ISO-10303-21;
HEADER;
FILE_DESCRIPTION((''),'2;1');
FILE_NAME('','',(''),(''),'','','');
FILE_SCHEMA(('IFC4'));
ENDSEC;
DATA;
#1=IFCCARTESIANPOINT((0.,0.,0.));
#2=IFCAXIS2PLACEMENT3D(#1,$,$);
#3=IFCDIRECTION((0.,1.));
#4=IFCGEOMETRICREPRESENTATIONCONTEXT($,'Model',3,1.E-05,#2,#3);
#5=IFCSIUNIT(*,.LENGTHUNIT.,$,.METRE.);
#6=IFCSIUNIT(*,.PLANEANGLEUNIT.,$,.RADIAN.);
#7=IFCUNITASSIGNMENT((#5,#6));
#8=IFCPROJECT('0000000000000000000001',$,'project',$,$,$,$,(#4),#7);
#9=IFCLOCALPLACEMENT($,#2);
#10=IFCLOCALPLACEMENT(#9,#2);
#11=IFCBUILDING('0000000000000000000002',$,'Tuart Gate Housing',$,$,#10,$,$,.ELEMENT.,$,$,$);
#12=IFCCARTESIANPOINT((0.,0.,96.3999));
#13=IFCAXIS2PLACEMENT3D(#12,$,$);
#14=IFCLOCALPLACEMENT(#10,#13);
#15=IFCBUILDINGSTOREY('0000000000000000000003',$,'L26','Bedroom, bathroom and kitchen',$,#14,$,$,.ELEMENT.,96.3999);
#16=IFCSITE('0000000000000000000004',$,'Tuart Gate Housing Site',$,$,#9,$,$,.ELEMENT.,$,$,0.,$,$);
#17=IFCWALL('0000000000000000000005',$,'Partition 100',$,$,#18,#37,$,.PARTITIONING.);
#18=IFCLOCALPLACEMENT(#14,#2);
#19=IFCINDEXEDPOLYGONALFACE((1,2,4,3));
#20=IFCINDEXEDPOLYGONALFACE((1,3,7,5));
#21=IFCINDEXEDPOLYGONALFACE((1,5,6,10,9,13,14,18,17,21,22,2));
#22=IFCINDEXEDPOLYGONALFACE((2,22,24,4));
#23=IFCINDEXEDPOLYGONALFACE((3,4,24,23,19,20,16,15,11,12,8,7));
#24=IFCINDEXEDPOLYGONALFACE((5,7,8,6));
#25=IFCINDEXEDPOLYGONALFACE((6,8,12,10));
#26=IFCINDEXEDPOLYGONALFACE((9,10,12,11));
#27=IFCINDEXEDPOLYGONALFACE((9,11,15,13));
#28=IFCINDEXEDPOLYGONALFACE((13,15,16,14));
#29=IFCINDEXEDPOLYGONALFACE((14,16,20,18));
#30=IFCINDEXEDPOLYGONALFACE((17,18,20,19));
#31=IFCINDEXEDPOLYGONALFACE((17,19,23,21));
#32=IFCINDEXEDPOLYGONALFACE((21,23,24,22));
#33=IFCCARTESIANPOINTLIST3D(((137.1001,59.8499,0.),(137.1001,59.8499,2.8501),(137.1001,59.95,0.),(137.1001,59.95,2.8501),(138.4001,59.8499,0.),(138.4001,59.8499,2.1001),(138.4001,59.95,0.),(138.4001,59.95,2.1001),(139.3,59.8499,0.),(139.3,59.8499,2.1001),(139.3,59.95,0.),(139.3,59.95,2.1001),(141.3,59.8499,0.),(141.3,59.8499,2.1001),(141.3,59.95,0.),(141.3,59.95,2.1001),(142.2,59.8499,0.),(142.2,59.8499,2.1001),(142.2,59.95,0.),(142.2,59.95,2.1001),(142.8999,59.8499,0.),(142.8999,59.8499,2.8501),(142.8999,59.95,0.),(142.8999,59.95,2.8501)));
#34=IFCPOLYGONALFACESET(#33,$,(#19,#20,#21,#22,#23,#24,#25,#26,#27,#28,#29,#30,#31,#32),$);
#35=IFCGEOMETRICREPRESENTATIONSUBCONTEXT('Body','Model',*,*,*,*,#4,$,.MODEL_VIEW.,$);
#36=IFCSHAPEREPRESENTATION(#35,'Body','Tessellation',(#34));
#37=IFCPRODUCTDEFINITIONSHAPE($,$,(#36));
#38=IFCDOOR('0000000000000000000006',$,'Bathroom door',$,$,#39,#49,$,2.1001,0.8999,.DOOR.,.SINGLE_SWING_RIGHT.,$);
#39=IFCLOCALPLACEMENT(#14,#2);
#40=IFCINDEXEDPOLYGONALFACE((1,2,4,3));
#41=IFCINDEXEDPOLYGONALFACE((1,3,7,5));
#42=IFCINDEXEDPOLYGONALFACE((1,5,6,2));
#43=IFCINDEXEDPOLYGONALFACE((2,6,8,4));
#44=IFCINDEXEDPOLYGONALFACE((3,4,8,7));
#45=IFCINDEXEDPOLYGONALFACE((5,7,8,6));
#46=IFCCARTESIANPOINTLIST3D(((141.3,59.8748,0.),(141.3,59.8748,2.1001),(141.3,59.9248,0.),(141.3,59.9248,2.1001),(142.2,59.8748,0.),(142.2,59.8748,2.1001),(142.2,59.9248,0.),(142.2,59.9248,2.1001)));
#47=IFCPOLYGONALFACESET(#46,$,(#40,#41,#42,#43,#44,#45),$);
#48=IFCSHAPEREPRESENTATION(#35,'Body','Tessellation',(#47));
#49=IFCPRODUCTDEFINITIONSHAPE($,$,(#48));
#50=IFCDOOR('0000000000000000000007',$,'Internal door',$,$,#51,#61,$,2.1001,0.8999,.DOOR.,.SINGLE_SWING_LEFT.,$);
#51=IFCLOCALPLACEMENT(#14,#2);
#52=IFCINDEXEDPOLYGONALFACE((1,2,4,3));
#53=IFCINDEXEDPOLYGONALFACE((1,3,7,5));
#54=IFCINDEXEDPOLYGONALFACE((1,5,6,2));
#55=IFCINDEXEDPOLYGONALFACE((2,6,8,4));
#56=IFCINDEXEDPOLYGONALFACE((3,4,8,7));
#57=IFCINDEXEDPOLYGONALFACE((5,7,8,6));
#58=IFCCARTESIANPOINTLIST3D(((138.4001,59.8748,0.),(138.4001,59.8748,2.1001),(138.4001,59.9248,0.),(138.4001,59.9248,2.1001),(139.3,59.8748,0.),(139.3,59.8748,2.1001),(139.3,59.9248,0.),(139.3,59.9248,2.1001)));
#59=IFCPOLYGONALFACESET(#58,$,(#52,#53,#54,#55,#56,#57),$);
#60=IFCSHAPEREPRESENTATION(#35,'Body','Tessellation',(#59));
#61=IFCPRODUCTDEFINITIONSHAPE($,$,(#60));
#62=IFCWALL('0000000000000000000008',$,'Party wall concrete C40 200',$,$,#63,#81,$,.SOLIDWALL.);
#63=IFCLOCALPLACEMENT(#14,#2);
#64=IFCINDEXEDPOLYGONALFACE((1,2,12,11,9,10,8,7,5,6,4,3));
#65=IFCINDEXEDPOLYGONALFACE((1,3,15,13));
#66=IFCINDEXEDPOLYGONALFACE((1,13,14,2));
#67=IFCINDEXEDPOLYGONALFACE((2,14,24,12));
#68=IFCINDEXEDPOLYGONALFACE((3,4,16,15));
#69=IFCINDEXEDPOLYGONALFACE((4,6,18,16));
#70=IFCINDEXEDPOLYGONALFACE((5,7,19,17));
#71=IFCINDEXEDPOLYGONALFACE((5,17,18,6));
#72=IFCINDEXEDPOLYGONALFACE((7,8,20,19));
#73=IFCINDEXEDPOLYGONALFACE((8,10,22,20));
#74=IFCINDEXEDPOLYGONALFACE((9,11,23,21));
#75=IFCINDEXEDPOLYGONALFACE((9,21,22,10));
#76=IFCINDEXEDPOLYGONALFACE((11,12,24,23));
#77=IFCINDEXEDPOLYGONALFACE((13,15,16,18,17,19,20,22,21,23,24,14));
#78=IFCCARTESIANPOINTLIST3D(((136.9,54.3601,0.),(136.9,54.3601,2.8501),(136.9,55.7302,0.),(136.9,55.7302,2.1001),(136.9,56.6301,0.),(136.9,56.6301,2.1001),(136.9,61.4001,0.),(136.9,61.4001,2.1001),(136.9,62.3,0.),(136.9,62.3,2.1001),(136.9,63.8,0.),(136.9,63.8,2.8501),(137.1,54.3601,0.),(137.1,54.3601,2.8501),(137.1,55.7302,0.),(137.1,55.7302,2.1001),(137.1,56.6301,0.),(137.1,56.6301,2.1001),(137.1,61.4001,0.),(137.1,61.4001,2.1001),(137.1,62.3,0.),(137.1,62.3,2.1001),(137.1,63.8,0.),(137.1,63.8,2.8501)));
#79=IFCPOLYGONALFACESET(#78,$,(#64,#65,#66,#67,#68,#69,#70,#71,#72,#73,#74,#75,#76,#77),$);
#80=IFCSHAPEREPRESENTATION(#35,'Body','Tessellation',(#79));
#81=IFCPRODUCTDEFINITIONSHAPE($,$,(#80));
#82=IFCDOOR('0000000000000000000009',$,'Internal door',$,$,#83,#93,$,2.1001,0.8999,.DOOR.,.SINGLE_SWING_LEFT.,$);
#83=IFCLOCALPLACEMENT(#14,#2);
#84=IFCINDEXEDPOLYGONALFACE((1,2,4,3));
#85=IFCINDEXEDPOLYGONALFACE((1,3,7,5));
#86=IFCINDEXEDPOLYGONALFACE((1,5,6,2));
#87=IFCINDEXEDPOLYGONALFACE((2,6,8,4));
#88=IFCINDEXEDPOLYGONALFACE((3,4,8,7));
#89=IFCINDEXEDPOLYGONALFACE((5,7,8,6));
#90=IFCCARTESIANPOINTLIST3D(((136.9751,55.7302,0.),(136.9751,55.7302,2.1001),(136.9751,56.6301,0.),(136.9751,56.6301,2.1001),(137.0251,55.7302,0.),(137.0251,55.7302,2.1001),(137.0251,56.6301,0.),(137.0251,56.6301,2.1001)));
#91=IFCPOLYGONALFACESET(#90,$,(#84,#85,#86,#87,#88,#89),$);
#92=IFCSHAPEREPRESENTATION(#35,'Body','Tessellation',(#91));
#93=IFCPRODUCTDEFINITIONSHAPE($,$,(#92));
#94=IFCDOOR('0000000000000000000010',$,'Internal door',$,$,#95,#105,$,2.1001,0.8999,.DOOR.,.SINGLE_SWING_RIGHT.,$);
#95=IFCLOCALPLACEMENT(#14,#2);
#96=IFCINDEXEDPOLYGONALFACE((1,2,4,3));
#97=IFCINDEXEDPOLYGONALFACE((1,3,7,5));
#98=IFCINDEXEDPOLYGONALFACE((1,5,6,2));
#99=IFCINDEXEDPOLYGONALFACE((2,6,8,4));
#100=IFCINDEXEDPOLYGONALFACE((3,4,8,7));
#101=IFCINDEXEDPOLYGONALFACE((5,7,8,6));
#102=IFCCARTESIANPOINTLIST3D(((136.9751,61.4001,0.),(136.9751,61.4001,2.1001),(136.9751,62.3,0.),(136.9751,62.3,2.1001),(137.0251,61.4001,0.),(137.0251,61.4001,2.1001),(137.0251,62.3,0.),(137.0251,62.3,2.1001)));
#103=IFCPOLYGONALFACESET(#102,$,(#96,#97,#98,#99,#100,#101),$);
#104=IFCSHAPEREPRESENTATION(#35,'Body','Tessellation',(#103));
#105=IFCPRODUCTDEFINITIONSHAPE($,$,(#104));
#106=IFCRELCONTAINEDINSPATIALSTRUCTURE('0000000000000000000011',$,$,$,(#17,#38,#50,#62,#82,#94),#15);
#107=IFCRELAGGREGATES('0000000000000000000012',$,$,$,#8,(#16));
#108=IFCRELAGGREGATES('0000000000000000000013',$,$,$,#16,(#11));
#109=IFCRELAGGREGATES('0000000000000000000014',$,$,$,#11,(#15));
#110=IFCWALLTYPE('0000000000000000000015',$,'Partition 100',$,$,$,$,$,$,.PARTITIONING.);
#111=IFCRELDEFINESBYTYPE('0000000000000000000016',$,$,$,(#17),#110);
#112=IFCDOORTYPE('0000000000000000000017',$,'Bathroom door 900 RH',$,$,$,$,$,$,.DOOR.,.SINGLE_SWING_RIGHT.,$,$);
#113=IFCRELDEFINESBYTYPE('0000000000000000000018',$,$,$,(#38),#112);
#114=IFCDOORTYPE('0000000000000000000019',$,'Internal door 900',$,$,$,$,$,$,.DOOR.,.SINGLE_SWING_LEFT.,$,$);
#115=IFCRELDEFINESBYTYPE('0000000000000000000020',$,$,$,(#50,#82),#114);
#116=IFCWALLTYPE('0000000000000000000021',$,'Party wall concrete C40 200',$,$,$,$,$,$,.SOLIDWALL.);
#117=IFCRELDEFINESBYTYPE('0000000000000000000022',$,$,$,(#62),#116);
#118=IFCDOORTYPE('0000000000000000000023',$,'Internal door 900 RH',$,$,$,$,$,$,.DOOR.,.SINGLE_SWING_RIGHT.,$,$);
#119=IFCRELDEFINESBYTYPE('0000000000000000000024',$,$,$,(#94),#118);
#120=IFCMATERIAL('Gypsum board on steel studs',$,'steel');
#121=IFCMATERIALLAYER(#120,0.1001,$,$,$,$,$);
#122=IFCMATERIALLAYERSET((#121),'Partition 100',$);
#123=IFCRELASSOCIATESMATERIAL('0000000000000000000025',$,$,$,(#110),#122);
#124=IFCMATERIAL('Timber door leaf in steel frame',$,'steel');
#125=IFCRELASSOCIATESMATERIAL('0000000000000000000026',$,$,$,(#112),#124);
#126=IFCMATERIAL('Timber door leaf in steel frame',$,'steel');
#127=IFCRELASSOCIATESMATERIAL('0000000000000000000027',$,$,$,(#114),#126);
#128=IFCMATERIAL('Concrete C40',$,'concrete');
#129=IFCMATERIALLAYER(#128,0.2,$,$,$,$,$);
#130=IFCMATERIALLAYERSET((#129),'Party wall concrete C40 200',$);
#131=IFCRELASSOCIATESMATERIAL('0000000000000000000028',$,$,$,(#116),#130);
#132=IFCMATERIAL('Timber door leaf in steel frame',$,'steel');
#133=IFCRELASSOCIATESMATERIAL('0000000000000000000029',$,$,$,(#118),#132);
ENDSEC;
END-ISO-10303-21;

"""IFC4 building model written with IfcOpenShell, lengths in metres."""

from ifc_helpers import new_model, si_unit, direction, frame, frame_2d, origin, place, context, subcontext, project, spatial, rectangle, extrude, material, layer, layer_set, type_object, element, fill, save


model = new_model("IFC4")

# Units and contexts
model_context = context("Model", 3, precision=1e-05, world=origin(), true_north=direction((0.0, 1.0)))
body_context = subcontext(model_context, "Body", "Model", "MODEL_VIEW")
ifc_project = project(units=[si_unit("LENGTHUNIT", "METRE"), si_unit("PLANEANGLEUNIT", "RADIAN")], contexts=[model_context])

# Site, building, storey
site_placement = place(None, origin())
site = spatial("IfcSite", under=ifc_project, at=site_placement, Name="Tuart Gate Housing Site", CompositionType="ELEMENT", RefElevation=0.0)
building_placement = place(site_placement, origin())
building = spatial("IfcBuilding", under=site, at=building_placement, Name="Tuart Gate Housing", CompositionType="ELEMENT")
storey_placement = place(building_placement, frame((0.0, 0.0, 96.3999)))
storey = spatial("IfcBuildingStorey", under=building, at=storey_placement, Name="L26", Description="Bedroom, bathroom and kitchen", CompositionType="ELEMENT", Elevation=96.3999)

# Walls, openings, doors
ifc_material_1 = material(Name="Gypsum board on steel studs", Category="steel")
ifc_layer_1 = layer(ifc_material_1, 0.1001)
ifc_layer_set_1 = layer_set([ifc_layer_1], Name="Partition 100")
wall_type_1 = type_object("IfcWallType", Name="Partition 100", PredefinedType="PARTITIONING", material=ifc_layer_set_1)
wall_1_placement = place(storey_placement, frame((137.1001, 59.8999, 0.0), z_axis=(0.0, 0.0, 1.0), x_axis=(1.0, 0.0, 0.0)))
wall_1 = element("IfcWall", 1, at=wall_1_placement, inside=storey, type_object=wall_type_1, Name="Partition 100", PredefinedType="PARTITIONING", context=body_context, shape_type="SweptSolid", body=[
    extrude(rectangle(XDim=5.7998, YDim=0.1001, at=frame_2d((2.8999, 0.0))), origin(), (0.0, 0.0, 1.0), 2.8501),
])
opening_1_placement = place(wall_1_placement, frame((1.3, 0.0, 0.0)))
opening_1 = element("IfcOpeningElement", 2, at=opening_1_placement, cuts=wall_1, PredefinedType="OPENING", context=body_context, shape_type="SweptSolid", body=[
    extrude(rectangle(XDim=0.8999, YDim=2.1001, at=frame_2d((0.45, 1.05))), frame((0.0, 0.0601, 0.0), z_axis=(0.0, -1.0, 0.0), x_axis=(1.0, 0.0, 0.0)), (0.0, 0.0, 1.0), 0.1201),
])
opening_2_placement = place(wall_1_placement, frame((4.2, 0.0, 0.0)))
opening_2 = element("IfcOpeningElement", 3, at=opening_2_placement, cuts=wall_1, PredefinedType="OPENING", context=body_context, shape_type="SweptSolid", body=[
    extrude(rectangle(XDim=0.8999, YDim=2.1001, at=frame_2d((0.45, 1.05))), frame((0.0, 0.0601, 0.0), z_axis=(0.0, -1.0, 0.0), x_axis=(1.0, 0.0, 0.0)), (0.0, 0.0, 1.0), 0.1201),
])
ifc_material_2 = material(Name="Timber door leaf in steel frame", Category="steel")
door_type_1 = type_object("IfcDoorType", Name="Bathroom door 900 RH", OperationType="SINGLE_SWING_RIGHT", PredefinedType="DOOR", material=ifc_material_2)
door_1_placement = place(opening_2_placement, frame((0.8999, 0.0, 0.0), z_axis=(0.0, 0.0, 1.0), x_axis=(-1.0, 0.0, 0.0)))
door_1 = element("IfcDoor", 4, at=door_1_placement, inside=storey, type_object=door_type_1, Name="Bathroom door", OperationType="SINGLE_SWING_RIGHT", OverallHeight=2.1001, OverallWidth=0.8999, PredefinedType="DOOR", context=body_context, shape_type="SweptSolid", body=[
    extrude(rectangle(XDim=0.8999, YDim=2.1001, at=frame_2d((0.45, 1.05))), frame((0.0, 0.0251, 0.0), z_axis=(0.0, -1.0, 0.0), x_axis=(1.0, 0.0, 0.0)), (0.0, 0.0, 1.0), 0.05),
])
fill(opening_2, door_1)
ifc_material_3 = material(Name="Timber door leaf in steel frame", Category="steel")
door_type_2 = type_object("IfcDoorType", Name="Internal door 900", OperationType="SINGLE_SWING_LEFT", PredefinedType="DOOR", material=ifc_material_3)
door_2_placement = place(opening_1_placement, origin())
door_2 = element("IfcDoor", 5, at=door_2_placement, inside=storey, type_object=door_type_2, Name="Internal door", OperationType="SINGLE_SWING_LEFT", OverallHeight=2.1001, OverallWidth=0.8999, PredefinedType="DOOR", context=body_context, shape_type="SweptSolid", body=[
    extrude(rectangle(XDim=0.8999, YDim=2.1001, at=frame_2d((0.45, 1.05))), frame((0.0, 0.0249, 0.0), z_axis=(0.0, -1.0, 0.0), x_axis=(1.0, 0.0, 0.0)), (0.0, 0.0, 1.0), 0.05),
])
fill(opening_1, door_2)
ifc_material_4 = material(Name="Concrete C40", Category="concrete")
ifc_layer_2 = layer(ifc_material_4, 0.2)
ifc_layer_set_2 = layer_set([ifc_layer_2], Name="Party wall concrete C40 200")
wall_type_2 = type_object("IfcWallType", Name="Party wall concrete C40 200", PredefinedType="SOLIDWALL", material=ifc_layer_set_2)
wall_2_placement = place(storey_placement, frame((137.0, 54.3601, 0.0), z_axis=(0.0, 0.0, 1.0), x_axis=(0.0, 1.0, 0.0)))
wall_2 = element("IfcWall", 6, at=wall_2_placement, inside=storey, type_object=wall_type_2, Name="Party wall concrete C40 200", PredefinedType="SOLIDWALL", context=body_context, shape_type="SweptSolid", body=[
    extrude(rectangle(XDim=9.4399, YDim=0.2, at=frame_2d((4.72, 0.0))), origin(), (0.0, 0.0, 1.0), 2.8501),
])
opening_3_placement = place(wall_2_placement, frame((1.3701, 0.0, 0.0)))
opening_3 = element("IfcOpeningElement", 7, at=opening_3_placement, cuts=wall_2, PredefinedType="OPENING", context=body_context, shape_type="SweptSolid", body=[
    extrude(rectangle(XDim=0.8999, YDim=2.1001, at=frame_2d((0.45, 1.05))), frame((0.0, 0.1099, 0.0), z_axis=(0.0, -1.0, 0.0), x_axis=(1.0, 0.0, 0.0)), (0.0, 0.0, 1.0), 0.22),
])
opening_4_placement = place(wall_2_placement, frame((7.04, 0.0, 0.0)))
opening_4 = element("IfcOpeningElement", 8, at=opening_4_placement, cuts=wall_2, PredefinedType="OPENING", context=body_context, shape_type="SweptSolid", body=[
    extrude(rectangle(XDim=0.8999, YDim=2.1001, at=frame_2d((0.45, 1.05))), frame((0.0, 0.1099, 0.0), z_axis=(0.0, -1.0, 0.0), x_axis=(1.0, 0.0, 0.0)), (0.0, 0.0, 1.0), 0.22),
])
door_3_placement = place(opening_3_placement, origin())
door_3 = element("IfcDoor", 9, at=door_3_placement, inside=storey, type_object=door_type_2, Name="Internal door", OperationType="SINGLE_SWING_LEFT", OverallHeight=2.1001, OverallWidth=0.8999, PredefinedType="DOOR", context=body_context, shape_type="SweptSolid", body=[
    extrude(rectangle(XDim=0.8999, YDim=2.1001, at=frame_2d((0.45, 1.05))), frame((0.0, 0.0249, 0.0), z_axis=(0.0, -1.0, 0.0), x_axis=(1.0, 0.0, 0.0)), (0.0, 0.0, 1.0), 0.05),
])
fill(opening_3, door_3)
ifc_material_5 = material(Name="Timber door leaf in steel frame", Category="steel")
door_type_3 = type_object("IfcDoorType", Name="Internal door 900 RH", OperationType="SINGLE_SWING_RIGHT", PredefinedType="DOOR", material=ifc_material_5)
door_4_placement = place(opening_4_placement, origin())
door_4 = element("IfcDoor", 10, at=door_4_placement, inside=storey, type_object=door_type_3, Name="Internal door", OperationType="SINGLE_SWING_RIGHT", OverallHeight=2.1001, OverallWidth=0.8999, PredefinedType="DOOR", context=body_context, shape_type="SweptSolid", body=[
    extrude(rectangle(XDim=0.8999, YDim=2.1001, at=frame_2d((0.45, 1.05))), frame((0.0, 0.0249, 0.0), z_axis=(0.0, -1.0, 0.0), x_axis=(1.0, 0.0, 0.0)), (0.0, 0.0, 1.0), 0.05),
])
fill(opening_4, door_4)

save(model, "model.ifc")
